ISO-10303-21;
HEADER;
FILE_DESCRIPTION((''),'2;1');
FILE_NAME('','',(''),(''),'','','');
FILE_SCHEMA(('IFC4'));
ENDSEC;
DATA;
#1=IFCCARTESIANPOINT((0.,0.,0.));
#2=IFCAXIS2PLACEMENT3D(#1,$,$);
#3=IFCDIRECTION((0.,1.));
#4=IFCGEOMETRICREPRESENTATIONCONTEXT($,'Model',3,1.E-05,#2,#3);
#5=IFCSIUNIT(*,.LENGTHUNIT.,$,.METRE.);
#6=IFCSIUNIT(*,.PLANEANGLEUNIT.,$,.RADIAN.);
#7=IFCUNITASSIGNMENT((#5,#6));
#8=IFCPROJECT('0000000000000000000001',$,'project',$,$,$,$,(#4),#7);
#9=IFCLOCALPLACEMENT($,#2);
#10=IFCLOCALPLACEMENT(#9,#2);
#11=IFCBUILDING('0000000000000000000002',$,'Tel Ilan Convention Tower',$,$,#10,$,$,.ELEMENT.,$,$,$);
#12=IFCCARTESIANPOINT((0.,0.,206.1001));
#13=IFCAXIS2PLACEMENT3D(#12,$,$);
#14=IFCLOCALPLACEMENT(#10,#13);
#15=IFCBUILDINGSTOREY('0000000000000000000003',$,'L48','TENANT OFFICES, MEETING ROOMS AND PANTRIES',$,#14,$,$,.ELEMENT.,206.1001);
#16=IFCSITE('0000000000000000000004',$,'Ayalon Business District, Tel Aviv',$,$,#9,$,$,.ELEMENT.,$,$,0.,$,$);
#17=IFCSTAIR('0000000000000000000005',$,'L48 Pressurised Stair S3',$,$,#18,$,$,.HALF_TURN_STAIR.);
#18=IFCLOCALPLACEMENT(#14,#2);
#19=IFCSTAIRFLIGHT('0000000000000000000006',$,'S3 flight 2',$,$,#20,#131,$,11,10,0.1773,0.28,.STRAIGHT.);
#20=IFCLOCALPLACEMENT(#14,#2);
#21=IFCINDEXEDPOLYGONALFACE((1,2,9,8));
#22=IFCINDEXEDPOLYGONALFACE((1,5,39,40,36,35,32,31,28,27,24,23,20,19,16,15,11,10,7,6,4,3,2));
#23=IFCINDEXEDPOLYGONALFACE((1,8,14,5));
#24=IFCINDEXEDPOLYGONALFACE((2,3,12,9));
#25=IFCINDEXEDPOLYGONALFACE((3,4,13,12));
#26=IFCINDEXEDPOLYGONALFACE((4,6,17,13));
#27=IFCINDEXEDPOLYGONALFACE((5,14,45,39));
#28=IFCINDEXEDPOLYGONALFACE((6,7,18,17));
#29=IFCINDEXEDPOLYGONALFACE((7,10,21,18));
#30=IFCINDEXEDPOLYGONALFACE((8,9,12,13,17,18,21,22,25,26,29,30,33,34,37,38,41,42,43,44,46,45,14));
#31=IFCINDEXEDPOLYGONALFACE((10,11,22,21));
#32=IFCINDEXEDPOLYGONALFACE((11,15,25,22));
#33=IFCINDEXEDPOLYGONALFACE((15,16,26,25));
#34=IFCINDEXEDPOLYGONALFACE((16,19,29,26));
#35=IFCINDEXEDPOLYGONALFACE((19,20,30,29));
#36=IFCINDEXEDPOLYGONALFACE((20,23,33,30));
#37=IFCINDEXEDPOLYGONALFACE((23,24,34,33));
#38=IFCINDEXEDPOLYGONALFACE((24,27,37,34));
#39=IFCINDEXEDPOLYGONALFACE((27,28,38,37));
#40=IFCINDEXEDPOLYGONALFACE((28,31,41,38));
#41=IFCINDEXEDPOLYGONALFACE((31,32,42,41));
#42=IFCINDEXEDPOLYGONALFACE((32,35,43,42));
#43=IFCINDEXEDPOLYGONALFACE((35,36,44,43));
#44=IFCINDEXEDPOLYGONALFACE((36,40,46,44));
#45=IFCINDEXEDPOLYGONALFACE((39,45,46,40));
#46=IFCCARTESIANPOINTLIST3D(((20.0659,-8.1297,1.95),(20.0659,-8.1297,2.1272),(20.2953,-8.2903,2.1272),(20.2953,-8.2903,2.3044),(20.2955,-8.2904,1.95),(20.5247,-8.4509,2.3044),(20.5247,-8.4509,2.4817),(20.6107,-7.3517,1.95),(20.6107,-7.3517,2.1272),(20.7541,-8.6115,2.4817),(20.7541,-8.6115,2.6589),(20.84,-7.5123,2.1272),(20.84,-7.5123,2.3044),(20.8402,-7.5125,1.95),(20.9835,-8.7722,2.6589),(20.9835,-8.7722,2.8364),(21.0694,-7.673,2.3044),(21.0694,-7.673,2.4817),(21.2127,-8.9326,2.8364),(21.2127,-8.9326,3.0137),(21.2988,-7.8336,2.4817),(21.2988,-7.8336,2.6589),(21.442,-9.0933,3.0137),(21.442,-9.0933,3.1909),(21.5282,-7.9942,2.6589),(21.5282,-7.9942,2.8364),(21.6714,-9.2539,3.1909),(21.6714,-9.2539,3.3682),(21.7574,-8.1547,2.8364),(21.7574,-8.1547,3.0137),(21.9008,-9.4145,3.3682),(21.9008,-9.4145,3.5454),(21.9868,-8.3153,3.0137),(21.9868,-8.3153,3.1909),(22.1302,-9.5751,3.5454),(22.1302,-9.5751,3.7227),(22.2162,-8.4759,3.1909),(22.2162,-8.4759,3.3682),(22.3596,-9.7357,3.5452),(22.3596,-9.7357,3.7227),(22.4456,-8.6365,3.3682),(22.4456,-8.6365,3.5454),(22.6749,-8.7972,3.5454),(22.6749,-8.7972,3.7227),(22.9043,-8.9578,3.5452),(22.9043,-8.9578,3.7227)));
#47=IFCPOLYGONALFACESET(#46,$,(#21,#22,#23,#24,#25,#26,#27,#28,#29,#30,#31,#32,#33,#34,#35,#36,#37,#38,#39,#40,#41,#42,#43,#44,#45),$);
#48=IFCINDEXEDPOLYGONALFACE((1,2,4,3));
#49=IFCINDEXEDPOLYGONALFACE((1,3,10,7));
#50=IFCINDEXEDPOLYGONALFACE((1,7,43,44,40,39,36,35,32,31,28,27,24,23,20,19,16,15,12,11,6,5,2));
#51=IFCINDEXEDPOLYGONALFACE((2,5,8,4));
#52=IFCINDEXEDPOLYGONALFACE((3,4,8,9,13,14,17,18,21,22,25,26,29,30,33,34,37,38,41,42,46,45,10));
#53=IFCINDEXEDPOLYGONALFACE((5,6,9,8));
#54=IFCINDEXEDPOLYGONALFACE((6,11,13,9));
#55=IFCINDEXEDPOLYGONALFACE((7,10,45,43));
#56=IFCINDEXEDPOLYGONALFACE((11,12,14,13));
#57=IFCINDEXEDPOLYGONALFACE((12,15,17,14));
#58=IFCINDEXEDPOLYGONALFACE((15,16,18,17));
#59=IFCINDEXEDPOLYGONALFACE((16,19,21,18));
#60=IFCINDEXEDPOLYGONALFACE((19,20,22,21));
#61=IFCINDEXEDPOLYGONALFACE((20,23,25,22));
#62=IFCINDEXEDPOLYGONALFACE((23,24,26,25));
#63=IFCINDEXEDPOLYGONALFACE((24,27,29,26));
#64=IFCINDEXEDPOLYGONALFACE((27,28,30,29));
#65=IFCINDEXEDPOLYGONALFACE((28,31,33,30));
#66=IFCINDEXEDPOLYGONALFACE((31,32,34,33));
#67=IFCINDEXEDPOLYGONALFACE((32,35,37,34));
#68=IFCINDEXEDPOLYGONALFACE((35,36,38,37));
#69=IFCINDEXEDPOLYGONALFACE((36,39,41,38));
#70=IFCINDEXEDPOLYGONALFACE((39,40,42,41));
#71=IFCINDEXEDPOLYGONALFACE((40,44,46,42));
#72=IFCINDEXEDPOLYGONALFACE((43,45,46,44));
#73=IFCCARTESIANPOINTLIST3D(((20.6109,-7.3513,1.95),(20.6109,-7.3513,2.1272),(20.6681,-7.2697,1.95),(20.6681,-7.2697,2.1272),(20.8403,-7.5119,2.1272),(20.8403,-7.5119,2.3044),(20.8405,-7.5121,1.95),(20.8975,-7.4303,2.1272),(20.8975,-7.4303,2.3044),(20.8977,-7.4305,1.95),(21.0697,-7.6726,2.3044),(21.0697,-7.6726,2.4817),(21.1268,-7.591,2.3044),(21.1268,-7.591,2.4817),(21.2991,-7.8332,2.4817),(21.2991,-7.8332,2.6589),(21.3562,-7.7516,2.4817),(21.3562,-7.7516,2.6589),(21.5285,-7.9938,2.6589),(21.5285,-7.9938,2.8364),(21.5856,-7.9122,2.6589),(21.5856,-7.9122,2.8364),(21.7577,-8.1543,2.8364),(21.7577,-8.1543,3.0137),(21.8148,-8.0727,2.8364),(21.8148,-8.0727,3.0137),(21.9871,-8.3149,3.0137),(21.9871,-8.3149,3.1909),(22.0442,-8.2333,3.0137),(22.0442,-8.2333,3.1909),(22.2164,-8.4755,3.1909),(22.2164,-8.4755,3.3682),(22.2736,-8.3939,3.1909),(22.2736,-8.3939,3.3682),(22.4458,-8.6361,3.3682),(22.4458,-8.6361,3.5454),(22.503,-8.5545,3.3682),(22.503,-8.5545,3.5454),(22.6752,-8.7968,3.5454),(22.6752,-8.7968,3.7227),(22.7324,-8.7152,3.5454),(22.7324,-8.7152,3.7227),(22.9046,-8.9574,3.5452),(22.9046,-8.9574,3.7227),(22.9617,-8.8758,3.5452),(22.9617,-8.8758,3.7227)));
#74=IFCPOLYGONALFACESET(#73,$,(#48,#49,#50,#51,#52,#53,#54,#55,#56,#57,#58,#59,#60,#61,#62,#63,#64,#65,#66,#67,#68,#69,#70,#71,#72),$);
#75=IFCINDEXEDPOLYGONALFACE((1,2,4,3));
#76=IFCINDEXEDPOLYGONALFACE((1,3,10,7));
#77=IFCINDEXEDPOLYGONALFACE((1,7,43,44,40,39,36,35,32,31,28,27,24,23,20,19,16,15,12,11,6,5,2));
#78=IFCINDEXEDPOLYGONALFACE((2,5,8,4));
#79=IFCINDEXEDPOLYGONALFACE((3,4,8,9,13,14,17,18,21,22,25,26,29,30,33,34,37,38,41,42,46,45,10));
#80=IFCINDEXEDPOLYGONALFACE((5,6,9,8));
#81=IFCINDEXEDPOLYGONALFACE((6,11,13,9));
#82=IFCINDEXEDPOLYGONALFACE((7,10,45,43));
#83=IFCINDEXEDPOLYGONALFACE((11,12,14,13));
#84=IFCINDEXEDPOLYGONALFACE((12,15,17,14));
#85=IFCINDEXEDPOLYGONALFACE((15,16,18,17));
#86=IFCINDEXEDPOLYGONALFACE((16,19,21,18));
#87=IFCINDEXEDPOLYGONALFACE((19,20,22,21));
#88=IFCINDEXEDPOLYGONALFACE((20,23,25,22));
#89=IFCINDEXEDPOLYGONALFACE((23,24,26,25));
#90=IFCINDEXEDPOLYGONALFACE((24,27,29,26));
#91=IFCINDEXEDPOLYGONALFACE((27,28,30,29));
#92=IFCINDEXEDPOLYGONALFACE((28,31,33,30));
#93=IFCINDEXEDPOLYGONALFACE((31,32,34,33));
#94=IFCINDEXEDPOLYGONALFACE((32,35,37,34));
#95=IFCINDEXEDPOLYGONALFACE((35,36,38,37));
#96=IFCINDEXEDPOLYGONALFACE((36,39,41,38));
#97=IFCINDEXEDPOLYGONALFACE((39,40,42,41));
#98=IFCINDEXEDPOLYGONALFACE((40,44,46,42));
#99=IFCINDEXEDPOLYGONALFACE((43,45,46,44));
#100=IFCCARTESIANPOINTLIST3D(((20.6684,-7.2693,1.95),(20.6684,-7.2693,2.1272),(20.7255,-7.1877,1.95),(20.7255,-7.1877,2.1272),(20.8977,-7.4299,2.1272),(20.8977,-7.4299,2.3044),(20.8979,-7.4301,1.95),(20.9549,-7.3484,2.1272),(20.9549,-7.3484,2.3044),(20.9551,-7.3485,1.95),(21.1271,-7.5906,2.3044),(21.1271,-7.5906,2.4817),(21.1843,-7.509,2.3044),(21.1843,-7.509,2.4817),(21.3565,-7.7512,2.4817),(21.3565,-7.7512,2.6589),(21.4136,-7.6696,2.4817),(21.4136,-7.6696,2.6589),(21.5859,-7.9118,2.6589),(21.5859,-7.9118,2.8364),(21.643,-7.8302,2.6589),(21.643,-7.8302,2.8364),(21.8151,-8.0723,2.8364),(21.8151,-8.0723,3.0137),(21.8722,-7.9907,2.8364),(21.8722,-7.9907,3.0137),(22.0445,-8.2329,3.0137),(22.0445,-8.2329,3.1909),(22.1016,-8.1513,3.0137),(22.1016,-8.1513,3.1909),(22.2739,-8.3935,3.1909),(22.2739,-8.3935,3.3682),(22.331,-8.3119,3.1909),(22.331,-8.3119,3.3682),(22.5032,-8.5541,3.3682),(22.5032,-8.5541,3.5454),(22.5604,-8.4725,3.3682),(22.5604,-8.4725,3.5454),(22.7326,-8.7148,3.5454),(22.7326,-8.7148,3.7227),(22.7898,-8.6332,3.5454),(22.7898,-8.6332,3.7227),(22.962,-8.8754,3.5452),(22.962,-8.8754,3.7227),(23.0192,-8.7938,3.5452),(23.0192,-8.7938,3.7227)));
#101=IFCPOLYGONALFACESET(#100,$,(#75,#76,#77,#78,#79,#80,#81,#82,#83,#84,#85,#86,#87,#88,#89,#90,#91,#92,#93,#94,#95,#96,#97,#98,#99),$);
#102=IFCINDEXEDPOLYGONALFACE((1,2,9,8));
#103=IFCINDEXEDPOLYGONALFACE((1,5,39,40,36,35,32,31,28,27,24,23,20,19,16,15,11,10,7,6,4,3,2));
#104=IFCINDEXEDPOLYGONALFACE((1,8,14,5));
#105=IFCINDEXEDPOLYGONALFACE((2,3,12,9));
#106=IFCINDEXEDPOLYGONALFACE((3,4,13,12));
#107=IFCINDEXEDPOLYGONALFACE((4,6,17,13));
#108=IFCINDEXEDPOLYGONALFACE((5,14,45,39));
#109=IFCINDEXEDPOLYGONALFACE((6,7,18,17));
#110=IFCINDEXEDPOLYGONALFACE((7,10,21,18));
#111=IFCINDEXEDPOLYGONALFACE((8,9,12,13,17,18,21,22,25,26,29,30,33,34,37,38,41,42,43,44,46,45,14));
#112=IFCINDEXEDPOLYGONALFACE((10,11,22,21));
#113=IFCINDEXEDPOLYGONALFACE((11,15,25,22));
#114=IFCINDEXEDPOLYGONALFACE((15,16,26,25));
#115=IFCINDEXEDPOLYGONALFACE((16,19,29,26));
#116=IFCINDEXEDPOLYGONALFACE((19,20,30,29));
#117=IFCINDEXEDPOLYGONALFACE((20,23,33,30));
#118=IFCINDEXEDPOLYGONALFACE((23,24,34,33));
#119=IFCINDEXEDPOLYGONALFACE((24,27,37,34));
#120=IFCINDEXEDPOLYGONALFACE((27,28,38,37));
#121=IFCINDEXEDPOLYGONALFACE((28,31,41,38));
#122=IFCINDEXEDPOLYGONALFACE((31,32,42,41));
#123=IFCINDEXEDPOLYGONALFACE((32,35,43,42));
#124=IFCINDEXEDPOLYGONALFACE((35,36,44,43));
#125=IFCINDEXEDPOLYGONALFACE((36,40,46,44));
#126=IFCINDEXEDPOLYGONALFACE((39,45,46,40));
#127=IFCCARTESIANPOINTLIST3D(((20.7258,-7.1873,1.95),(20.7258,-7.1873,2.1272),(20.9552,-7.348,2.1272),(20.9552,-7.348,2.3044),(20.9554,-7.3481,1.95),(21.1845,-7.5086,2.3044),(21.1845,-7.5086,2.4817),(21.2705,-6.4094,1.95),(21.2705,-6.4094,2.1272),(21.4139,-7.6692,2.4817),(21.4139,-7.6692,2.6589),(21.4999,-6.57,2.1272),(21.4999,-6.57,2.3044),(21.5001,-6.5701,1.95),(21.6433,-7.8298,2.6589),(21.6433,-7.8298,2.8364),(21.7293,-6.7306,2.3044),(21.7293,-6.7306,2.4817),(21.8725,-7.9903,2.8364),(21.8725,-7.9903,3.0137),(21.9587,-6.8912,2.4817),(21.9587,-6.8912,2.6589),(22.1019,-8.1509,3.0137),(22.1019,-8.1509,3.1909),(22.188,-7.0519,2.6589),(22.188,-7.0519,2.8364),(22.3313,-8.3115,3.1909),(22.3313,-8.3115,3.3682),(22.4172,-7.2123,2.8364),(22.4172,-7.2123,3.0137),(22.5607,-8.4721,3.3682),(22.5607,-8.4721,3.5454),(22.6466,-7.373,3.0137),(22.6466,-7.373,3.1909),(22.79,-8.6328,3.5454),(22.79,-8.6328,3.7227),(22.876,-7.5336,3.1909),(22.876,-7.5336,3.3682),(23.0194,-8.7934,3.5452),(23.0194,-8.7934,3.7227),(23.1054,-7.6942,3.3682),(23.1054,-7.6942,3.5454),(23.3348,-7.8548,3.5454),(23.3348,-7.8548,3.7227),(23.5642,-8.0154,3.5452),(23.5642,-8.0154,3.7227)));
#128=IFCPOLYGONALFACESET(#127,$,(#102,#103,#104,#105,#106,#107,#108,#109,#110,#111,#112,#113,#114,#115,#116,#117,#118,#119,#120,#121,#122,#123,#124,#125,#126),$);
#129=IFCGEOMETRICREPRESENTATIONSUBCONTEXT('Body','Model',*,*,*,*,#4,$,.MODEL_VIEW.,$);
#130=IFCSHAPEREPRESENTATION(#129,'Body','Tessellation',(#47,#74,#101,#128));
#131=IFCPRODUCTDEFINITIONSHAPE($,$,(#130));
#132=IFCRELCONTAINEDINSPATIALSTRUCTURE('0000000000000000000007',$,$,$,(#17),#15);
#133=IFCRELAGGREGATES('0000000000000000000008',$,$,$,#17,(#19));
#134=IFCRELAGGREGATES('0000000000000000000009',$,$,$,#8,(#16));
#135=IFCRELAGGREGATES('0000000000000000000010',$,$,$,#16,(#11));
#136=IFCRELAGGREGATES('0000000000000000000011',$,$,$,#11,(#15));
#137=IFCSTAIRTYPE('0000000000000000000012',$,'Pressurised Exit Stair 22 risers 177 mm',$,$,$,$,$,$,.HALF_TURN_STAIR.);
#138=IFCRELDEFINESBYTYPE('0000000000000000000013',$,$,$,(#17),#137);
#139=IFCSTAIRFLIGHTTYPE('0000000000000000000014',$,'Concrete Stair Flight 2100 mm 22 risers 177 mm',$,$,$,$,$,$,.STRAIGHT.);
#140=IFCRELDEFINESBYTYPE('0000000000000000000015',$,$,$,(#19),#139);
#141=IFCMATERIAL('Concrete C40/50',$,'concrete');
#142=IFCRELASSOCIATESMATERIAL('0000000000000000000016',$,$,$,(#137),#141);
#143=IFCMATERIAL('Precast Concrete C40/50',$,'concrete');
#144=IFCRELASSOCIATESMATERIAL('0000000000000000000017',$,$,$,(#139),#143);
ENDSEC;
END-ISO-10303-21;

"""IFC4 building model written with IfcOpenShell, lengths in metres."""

from ifc_helpers import new_model, si_unit, direction, frame, origin, place, context, subcontext, project, spatial, polyline, outline, extrude, material, type_object, element, aggregate, save


model = new_model("IFC4")

# Units and contexts
model_context = context("Model", 3, precision=1e-05, world=origin(), true_north=direction((0.0, 1.0)))
body_context = subcontext(model_context, "Body", "Model", "MODEL_VIEW")
ifc_project = project(units=[si_unit("LENGTHUNIT", "METRE"), si_unit("PLANEANGLEUNIT", "RADIAN")], contexts=[model_context])

# Site, building, storey
site_placement = place(None, origin())
site = spatial("IfcSite", under=ifc_project, at=site_placement, Name="Ayalon Business District, Tel Aviv", CompositionType="ELEMENT", RefElevation=0.0)
building_placement = place(site_placement, origin())
building = spatial("IfcBuilding", under=site, at=building_placement, Name="Tel Ilan Convention Tower", CompositionType="ELEMENT")
storey_placement = place(building_placement, frame((0.0, 0.0, 206.1001)))
storey = spatial("IfcBuildingStorey", under=building, at=storey_placement, Name="L48", Description="TENANT OFFICES, MEETING ROOMS AND PANTRIES", CompositionType="ELEMENT", Elevation=206.1001)

# Stair, stair flight
ifc_material_1 = material(Name="Concrete C40/50", Category="concrete")
stair_type = type_object("IfcStairType", Name="Pressurised Exit Stair 22 risers 177 mm", PredefinedType="HALF_TURN_STAIR", material=ifc_material_1)
stair_1_placement = place(storey_placement, origin())
stair_1 = element("IfcStair", 1, at=stair_1_placement, inside=storey, type_object=stair_type, Name="L48 Pressurised Stair S3", PredefinedType="HALF_TURN_STAIR")
ifc_material_2 = material(Name="Precast Concrete C40/50", Category="concrete")
stair_flight_type = type_object("IfcStairFlightType", Name="Concrete Stair Flight 2100 mm 22 risers 177 mm", PredefinedType="STRAIGHT", material=ifc_material_2)
stair_flight_1_placement = place(storey_placement, frame((20.6682, -7.2695, 1.95), z_axis=(0.0, 0.0, 1.0), x_axis=(0.819152, -0.573576, 0.0)))
stair_flight_1 = element("IfcStairFlight", 2, at=stair_flight_1_placement, type_object=stair_flight_type, Name="S3 flight 2", NumberOfRisers=11, NumberOfTreads=10, PredefinedType="STRAIGHT", RiserHeight=0.1773, TreadLength=0.28, context=body_context, shape_type="SweptSolid", body=[
    extrude(outline(polyline([(0.0, 0.0), (0.0, 0.1772), (0.28, 0.1772), (0.28, 0.3545), (0.5601, 0.3545), (0.5601, 0.5317), (0.8401, 0.5317), (0.8401, 0.709), (1.1201, 0.709), (1.1201, 0.8865), (1.3999, 0.8865), (1.3999, 1.0637), (1.6799, 1.0637), (1.6799, 1.241), (1.96, 1.241), (1.96, 1.4182), (2.24, 1.4182), (2.24, 1.5955), (2.52, 1.5955), (2.52, 1.7727), (2.8, 1.7727), (2.8, 1.95), (2.8, 1.5952), (0.2803, 0.0), (0.0, 0.0)])), frame((0.0, -0.1003, 0.0), z_axis=(0.0, -1.0, 0.0), x_axis=(1.0, 0.0, 0.0)), (0.0, 0.0, 1.0), 0.9497),
    extrude(outline(polyline([(0.0, 0.0), (0.0, 0.1772), (0.28, 0.1772), (0.28, 0.3545), (0.5601, 0.3545), (0.5601, 0.5317), (0.8401, 0.5317), (0.8401, 0.709), (1.1201, 0.709), (1.1201, 0.8865), (1.3999, 0.8865), (1.3999, 1.0637), (1.6799, 1.0637), (1.6799, 1.241), (1.96, 1.241), (1.96, 1.4182), (2.24, 1.4182), (2.24, 1.5955), (2.52, 1.5955), (2.52, 1.7727), (2.8, 1.7727), (2.8, 1.95), (2.8, 1.5952), (0.2803, 0.0), (0.0, 0.0)])), frame((0.0, -0.0002, 0.0), z_axis=(0.0, -1.0, 0.0), x_axis=(1.0, 0.0, 0.0)), (0.0, 0.0, 1.0), 0.0996),
    extrude(outline(polyline([(0.0, 0.0), (0.0, 0.1772), (0.28, 0.1772), (0.28, 0.3545), (0.5601, 0.3545), (0.5601, 0.5317), (0.8401, 0.5317), (0.8401, 0.709), (1.1201, 0.709), (1.1201, 0.8865), (1.3999, 0.8865), (1.3999, 1.0637), (1.6799, 1.0637), (1.6799, 1.241), (1.96, 1.241), (1.96, 1.4182), (2.24, 1.4182), (2.24, 1.5955), (2.52, 1.5955), (2.52, 1.7727), (2.8, 1.7727), (2.8, 1.95), (2.8, 1.5952), (0.2803, 0.0), (0.0, 0.0)])), frame((0.0, 0.0999, 0.0), z_axis=(0.0, -1.0, 0.0), x_axis=(1.0, 0.0, 0.0)), (0.0, 0.0, 1.0), 0.0996),
    extrude(outline(polyline([(0.0, 0.0), (0.0, 0.1772), (0.28, 0.1772), (0.28, 0.3545), (0.5601, 0.3545), (0.5601, 0.5317), (0.8401, 0.5317), (0.8401, 0.709), (1.1201, 0.709), (1.1201, 0.8865), (1.3999, 0.8865), (1.3999, 1.0637), (1.6799, 1.0637), (1.6799, 1.241), (1.96, 1.241), (1.96, 1.4182), (2.24, 1.4182), (2.24, 1.5955), (2.52, 1.5955), (2.52, 1.7727), (2.8, 1.7727), (2.8, 1.95), (2.8, 1.5952), (0.2803, 0.0), (0.0, 0.0)])), frame((0.0, 1.05, 0.0), z_axis=(0.0, -1.0, 0.0), x_axis=(1.0, 0.0, 0.0)), (0.0, 0.0, 1.0), 0.9497),
])
aggregate(stair_1, [stair_flight_1])

save(model, "model.ifc")
